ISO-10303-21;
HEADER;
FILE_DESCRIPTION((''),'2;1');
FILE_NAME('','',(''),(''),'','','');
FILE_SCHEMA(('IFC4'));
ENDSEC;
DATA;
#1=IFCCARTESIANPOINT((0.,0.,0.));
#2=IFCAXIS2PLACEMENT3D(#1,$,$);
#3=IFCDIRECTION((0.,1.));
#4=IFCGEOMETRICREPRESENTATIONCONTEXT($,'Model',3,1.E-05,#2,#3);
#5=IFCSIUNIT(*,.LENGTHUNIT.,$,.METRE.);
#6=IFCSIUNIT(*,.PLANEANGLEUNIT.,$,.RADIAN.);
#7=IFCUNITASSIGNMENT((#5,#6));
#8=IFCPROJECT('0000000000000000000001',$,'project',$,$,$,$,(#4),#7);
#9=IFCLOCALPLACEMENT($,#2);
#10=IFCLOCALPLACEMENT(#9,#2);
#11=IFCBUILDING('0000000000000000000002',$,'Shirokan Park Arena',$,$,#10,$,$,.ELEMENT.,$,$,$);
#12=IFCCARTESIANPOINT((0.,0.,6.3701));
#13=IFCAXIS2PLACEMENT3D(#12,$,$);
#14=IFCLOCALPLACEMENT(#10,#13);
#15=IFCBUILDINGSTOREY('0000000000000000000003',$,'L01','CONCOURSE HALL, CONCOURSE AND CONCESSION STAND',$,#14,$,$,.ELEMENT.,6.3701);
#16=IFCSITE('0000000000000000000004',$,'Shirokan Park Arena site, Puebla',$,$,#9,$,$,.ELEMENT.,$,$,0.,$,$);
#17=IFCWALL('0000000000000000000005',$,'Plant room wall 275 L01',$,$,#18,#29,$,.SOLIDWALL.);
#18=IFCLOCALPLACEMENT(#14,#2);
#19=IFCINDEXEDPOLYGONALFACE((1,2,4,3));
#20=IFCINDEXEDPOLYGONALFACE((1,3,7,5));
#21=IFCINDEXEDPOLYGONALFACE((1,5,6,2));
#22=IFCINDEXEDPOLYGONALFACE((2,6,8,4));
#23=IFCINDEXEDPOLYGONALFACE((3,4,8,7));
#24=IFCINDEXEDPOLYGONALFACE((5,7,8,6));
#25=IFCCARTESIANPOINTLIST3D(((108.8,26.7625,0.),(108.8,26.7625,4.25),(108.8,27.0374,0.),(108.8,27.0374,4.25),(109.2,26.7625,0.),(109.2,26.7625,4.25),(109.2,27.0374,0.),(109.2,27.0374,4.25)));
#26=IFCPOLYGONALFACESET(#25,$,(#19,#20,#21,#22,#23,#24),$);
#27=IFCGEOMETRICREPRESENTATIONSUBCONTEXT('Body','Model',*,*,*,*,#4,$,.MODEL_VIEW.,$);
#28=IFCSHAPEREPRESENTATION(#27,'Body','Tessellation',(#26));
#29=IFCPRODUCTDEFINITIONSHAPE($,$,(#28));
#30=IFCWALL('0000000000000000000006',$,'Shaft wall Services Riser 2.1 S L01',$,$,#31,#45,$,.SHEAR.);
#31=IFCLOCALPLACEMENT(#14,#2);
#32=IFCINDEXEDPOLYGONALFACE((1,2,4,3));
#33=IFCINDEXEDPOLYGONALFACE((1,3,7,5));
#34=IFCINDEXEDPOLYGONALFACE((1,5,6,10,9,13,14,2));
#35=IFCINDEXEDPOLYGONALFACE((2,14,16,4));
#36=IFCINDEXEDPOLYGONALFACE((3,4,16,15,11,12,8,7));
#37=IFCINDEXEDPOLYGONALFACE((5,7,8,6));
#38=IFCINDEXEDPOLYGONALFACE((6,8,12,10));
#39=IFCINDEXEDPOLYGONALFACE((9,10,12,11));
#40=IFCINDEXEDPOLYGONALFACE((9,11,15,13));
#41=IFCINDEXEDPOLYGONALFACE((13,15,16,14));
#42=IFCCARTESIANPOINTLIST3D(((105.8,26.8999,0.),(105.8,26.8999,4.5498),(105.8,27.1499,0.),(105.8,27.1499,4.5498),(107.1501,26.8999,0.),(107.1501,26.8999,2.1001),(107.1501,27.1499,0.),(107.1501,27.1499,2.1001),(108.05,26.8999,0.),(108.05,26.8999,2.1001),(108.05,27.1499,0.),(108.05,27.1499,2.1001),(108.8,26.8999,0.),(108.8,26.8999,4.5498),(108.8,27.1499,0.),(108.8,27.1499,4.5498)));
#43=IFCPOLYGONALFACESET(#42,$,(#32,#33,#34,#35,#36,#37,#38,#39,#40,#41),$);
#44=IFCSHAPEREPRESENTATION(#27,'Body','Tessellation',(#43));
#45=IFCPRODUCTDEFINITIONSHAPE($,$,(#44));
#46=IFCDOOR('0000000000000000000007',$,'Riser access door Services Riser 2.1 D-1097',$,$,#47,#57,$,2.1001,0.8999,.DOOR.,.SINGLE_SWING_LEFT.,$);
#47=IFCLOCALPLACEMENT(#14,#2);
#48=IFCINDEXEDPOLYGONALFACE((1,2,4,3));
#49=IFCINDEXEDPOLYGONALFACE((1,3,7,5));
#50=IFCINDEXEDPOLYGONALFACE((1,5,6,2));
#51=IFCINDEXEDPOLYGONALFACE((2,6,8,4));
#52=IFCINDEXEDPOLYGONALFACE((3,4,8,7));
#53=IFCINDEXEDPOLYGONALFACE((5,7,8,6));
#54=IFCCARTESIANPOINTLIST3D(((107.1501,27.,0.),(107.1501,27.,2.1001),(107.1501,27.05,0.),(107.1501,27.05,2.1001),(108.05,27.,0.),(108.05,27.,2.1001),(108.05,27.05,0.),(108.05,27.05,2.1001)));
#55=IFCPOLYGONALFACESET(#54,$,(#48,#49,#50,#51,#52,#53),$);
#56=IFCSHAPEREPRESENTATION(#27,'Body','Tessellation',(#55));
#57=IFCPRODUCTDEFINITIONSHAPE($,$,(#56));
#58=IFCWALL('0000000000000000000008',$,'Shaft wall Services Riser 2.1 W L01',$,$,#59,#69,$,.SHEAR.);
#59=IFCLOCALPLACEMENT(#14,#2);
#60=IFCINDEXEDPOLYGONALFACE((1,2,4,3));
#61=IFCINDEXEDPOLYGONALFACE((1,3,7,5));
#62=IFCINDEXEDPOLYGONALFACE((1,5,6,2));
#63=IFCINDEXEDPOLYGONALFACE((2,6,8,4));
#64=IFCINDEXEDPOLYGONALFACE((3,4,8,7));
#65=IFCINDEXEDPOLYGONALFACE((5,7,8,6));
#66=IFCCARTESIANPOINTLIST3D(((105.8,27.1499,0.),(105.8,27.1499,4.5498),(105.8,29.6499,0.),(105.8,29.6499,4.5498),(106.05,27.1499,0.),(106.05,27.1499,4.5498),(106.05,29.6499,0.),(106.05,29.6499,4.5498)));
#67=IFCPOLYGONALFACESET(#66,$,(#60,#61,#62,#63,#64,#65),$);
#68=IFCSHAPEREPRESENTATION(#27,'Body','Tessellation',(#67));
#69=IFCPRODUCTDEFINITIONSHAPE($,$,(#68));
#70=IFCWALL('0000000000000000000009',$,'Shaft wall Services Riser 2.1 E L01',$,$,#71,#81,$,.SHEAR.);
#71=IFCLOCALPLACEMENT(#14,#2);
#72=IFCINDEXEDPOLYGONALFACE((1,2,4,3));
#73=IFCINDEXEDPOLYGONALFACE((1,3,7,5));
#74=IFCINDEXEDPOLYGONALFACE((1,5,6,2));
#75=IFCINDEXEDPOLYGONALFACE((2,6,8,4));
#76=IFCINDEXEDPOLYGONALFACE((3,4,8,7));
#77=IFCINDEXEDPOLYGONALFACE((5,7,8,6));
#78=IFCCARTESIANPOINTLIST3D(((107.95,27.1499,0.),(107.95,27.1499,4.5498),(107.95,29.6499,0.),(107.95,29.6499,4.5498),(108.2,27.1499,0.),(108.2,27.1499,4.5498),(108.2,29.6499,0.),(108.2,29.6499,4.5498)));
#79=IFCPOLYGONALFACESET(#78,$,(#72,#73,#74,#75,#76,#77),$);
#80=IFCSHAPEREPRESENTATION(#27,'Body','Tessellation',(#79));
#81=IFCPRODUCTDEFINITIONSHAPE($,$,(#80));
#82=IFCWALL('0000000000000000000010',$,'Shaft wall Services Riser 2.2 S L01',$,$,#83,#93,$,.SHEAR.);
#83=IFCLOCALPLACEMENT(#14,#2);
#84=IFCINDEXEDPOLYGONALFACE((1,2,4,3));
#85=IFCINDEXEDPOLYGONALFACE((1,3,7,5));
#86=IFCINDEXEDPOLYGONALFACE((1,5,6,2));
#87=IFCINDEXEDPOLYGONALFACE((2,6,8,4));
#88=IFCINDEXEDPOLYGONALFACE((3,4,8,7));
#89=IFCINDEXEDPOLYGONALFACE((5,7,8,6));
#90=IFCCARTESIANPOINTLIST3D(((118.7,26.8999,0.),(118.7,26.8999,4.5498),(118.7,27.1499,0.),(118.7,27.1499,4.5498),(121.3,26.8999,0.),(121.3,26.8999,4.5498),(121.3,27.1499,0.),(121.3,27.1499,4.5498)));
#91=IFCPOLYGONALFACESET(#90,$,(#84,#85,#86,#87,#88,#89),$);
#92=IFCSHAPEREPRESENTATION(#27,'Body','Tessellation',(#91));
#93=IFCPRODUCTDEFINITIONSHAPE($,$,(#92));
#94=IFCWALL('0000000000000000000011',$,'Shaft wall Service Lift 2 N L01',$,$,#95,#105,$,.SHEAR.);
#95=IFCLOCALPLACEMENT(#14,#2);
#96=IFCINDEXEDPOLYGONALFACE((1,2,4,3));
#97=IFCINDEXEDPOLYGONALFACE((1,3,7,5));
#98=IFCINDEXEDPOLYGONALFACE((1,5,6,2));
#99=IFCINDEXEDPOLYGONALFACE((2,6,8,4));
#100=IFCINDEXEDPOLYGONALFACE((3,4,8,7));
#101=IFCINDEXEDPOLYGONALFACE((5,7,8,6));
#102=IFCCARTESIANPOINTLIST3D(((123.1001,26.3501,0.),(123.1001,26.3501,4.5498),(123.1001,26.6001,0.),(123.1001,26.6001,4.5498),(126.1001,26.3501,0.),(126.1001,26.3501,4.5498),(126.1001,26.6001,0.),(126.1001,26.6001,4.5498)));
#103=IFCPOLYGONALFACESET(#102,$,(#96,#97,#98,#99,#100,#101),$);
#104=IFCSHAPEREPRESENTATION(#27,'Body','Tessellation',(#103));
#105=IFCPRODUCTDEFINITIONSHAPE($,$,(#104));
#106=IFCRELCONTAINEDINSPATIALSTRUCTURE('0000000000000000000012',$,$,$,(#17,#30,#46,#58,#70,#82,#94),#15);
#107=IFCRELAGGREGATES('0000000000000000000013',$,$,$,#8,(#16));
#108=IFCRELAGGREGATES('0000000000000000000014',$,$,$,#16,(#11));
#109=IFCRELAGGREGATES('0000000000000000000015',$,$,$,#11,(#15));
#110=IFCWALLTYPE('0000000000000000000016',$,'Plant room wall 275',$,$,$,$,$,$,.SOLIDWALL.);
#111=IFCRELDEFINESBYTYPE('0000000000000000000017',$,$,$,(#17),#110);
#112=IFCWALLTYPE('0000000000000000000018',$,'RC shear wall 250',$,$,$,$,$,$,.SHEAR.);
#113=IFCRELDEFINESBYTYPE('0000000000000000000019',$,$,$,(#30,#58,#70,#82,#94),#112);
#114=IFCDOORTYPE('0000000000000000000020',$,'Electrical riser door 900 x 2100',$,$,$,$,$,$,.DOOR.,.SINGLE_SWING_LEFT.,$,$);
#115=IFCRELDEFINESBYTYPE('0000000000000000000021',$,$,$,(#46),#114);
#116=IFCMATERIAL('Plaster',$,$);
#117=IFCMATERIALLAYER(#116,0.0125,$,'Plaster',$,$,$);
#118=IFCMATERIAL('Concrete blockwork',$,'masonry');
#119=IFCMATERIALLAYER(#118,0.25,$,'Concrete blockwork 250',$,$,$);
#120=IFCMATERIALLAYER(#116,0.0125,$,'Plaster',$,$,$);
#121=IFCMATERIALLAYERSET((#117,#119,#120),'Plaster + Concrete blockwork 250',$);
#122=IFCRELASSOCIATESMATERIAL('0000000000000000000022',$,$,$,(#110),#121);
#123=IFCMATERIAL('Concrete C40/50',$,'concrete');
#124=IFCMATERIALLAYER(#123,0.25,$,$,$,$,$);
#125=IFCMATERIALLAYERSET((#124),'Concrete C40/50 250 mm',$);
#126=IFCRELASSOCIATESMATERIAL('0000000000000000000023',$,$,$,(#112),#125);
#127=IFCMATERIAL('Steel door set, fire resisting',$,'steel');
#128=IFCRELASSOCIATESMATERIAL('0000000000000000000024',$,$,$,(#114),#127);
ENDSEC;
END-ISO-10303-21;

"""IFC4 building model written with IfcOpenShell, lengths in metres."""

from ifc_helpers import new_model, si_unit, direction, frame, frame_2d, origin, place, context, subcontext, project, spatial, rectangle, extrude, material, layer, layer_set, type_object, element, fill, save


model = new_model("IFC4")

# Units and contexts
model_context = context("Model", 3, precision=1e-05, world=origin(), true_north=direction((0.0, 1.0)))
body_context = subcontext(model_context, "Body", "Model", "MODEL_VIEW")
ifc_project = project(units=[si_unit("LENGTHUNIT", "METRE"), si_unit("PLANEANGLEUNIT", "RADIAN")], contexts=[model_context])

# Site, building, storey
site_placement = place(None, origin())
site = spatial("IfcSite", under=ifc_project, at=site_placement, Name="Shirokan Park Arena site, Puebla", CompositionType="ELEMENT", RefElevation=0.0)
building_placement = place(site_placement, origin())
building = spatial("IfcBuilding", under=site, at=building_placement, Name="Shirokan Park Arena", CompositionType="ELEMENT")
storey_placement = place(building_placement, frame((0.0, 0.0, 6.3701)))
storey = spatial("IfcBuildingStorey", under=building, at=storey_placement, Name="L01", Description="CONCOURSE HALL, CONCOURSE AND CONCESSION STAND", CompositionType="ELEMENT", Elevation=6.3701)

# Wall
ifc_material_1 = material(Name="Plaster")
ifc_material_2 = material(Name="Concrete blockwork", Category="masonry")
ifc_layer_1 = layer(ifc_material_1, 0.0125, Name="Plaster")
ifc_layer_2 = layer(ifc_material_2, 0.25, Name="Concrete blockwork 250")
ifc_layer_3 = layer(ifc_material_1, 0.0125, Name="Plaster")
ifc_layer_set_1 = layer_set([ifc_layer_1, ifc_layer_2, ifc_layer_3], Name="Plaster + Concrete blockwork 250")
wall_type_1 = type_object("IfcWallType", Name="Plant room wall 275", PredefinedType="SOLIDWALL", material=ifc_layer_set_1)
wall_1_placement = place(storey_placement, frame((108.8, 26.8999, 0.0), z_axis=(0.0, 0.0, 1.0), x_axis=(1.0, 0.0, 0.0)))
element("IfcWall", 1, at=wall_1_placement, inside=storey, type_object=wall_type_1, Name="Plant room wall 275 L01", PredefinedType="SOLIDWALL", context=body_context, shape_type="SweptSolid", body=[
    extrude(rectangle(XDim=0.3999, YDim=0.2749, at=frame_2d((0.2, 0.0))), origin(), (0.0, 0.0, 1.0), 4.25),
])

# Wall, opening, door
ifc_material_3 = material(Name="Concrete C40/50", Category="concrete")
ifc_layer_4 = layer(ifc_material_3, 0.25)
ifc_layer_set_2 = layer_set([ifc_layer_4], Name="Concrete C40/50 250 mm")
wall_type_2 = type_object("IfcWallType", Name="RC shear wall 250", PredefinedType="SHEAR", material=ifc_layer_set_2)
wall_2_placement = place(storey_placement, frame((108.8, 27.0249, 0.0), z_axis=(0.0, 0.0, 1.0), x_axis=(-1.0, 0.0, 0.0)))
wall_2 = element("IfcWall", 2, at=wall_2_placement, inside=storey, type_object=wall_type_2, Name="Shaft wall Services Riser 2.1 S L01", PredefinedType="SHEAR", context=body_context, shape_type="SweptSolid", body=[
    extrude(rectangle(XDim=3.0, YDim=0.25, at=frame_2d((1.5, 0.0))), origin(), (0.0, 0.0, 1.0), 4.5498),
])
opening_placement = place(wall_2_placement, frame((0.75, 0.0, 0.0)))
opening = element("IfcOpeningElement", 3, at=opening_placement, cuts=wall_2, PredefinedType="OPENING", context=body_context, shape_type="SweptSolid", body=[
    extrude(rectangle(XDim=0.8999, YDim=2.1001, at=frame_2d((0.45, 1.05))), frame((0.0, 0.135, 0.0), z_axis=(0.0, -1.0, 0.0), x_axis=(1.0, 0.0, 0.0)), (0.0, 0.0, 1.0), 0.27),
])
ifc_material_4 = material(Name="Steel door set, fire resisting", Category="steel")
door_type = type_object("IfcDoorType", Name="Electrical riser door 900 x 2100", OperationType="SINGLE_SWING_LEFT", PredefinedType="DOOR", material=ifc_material_4)
door_placement = place(opening_placement, origin())
door = element("IfcDoor", 4, at=door_placement, inside=storey, type_object=door_type, Name="Riser access door Services Riser 2.1 D-1097", OperationType="SINGLE_SWING_LEFT", OverallHeight=2.1001, OverallWidth=0.8999, PredefinedType="DOOR", context=body_context, shape_type="SweptSolid", body=[
    extrude(rectangle(XDim=0.8999, YDim=2.1001, at=frame_2d((0.45, 1.05))), frame((0.0, 0.0249, 0.0), z_axis=(0.0, -1.0, 0.0), x_axis=(1.0, 0.0, 0.0)), (0.0, 0.0, 1.0), 0.05),
])
fill(opening, door)

# Walls
for number, where, z_axis, x_axis, name in (
    (5, (105.925, 29.6499, 0.0), (0.0, 0.0, 1.0), (0.0, -1.0, 0.0), "Shaft wall Services Riser 2.1 W L01"),
    (6, (108.075, 29.6499, 0.0), (0.0, 0.0, 1.0), (0.0, -1.0, 0.0), "Shaft wall Services Riser 2.1 E L01"),
):
    element("IfcWall", number, at=place(storey_placement, frame(where, z_axis=z_axis, x_axis=x_axis)), inside=storey, type_object=wall_type_2, Name=name, PredefinedType="SHEAR", context=body_context, shape_type="SweptSolid", body=[
        extrude(rectangle(XDim=2.5, YDim=0.25, at=frame_2d((1.25, 0.0))), origin(), (0.0, 0.0, 1.0), 4.5498),
    ])
wall_3_placement = place(storey_placement, frame((121.3, 27.0249, 0.0), z_axis=(0.0, 0.0, 1.0), x_axis=(-1.0, 0.0, 0.0)))
element("IfcWall", 7, at=wall_3_placement, inside=storey, type_object=wall_type_2, Name="Shaft wall Services Riser 2.2 S L01", PredefinedType="SHEAR", context=body_context, shape_type="SweptSolid", body=[
    extrude(rectangle(XDim=2.6001, YDim=0.25, at=frame_2d((1.3, 0.0))), origin(), (0.0, 0.0, 1.0), 4.5498),
])
wall_4_placement = place(storey_placement, frame((126.1001, 26.4751, 0.0), z_axis=(0.0, 0.0, 1.0), x_axis=(-1.0, 0.0, 0.0)))
element("IfcWall", 8, at=wall_4_placement, inside=storey, type_object=wall_type_2, Name="Shaft wall Service Lift 2 N L01", PredefinedType="SHEAR", context=body_context, shape_type="SweptSolid", body=[
    extrude(rectangle(XDim=3.0, YDim=0.25, at=frame_2d((1.5, 0.0))), origin(), (0.0, 0.0, 1.0), 4.5498),
])

save(model, "model.ifc")
